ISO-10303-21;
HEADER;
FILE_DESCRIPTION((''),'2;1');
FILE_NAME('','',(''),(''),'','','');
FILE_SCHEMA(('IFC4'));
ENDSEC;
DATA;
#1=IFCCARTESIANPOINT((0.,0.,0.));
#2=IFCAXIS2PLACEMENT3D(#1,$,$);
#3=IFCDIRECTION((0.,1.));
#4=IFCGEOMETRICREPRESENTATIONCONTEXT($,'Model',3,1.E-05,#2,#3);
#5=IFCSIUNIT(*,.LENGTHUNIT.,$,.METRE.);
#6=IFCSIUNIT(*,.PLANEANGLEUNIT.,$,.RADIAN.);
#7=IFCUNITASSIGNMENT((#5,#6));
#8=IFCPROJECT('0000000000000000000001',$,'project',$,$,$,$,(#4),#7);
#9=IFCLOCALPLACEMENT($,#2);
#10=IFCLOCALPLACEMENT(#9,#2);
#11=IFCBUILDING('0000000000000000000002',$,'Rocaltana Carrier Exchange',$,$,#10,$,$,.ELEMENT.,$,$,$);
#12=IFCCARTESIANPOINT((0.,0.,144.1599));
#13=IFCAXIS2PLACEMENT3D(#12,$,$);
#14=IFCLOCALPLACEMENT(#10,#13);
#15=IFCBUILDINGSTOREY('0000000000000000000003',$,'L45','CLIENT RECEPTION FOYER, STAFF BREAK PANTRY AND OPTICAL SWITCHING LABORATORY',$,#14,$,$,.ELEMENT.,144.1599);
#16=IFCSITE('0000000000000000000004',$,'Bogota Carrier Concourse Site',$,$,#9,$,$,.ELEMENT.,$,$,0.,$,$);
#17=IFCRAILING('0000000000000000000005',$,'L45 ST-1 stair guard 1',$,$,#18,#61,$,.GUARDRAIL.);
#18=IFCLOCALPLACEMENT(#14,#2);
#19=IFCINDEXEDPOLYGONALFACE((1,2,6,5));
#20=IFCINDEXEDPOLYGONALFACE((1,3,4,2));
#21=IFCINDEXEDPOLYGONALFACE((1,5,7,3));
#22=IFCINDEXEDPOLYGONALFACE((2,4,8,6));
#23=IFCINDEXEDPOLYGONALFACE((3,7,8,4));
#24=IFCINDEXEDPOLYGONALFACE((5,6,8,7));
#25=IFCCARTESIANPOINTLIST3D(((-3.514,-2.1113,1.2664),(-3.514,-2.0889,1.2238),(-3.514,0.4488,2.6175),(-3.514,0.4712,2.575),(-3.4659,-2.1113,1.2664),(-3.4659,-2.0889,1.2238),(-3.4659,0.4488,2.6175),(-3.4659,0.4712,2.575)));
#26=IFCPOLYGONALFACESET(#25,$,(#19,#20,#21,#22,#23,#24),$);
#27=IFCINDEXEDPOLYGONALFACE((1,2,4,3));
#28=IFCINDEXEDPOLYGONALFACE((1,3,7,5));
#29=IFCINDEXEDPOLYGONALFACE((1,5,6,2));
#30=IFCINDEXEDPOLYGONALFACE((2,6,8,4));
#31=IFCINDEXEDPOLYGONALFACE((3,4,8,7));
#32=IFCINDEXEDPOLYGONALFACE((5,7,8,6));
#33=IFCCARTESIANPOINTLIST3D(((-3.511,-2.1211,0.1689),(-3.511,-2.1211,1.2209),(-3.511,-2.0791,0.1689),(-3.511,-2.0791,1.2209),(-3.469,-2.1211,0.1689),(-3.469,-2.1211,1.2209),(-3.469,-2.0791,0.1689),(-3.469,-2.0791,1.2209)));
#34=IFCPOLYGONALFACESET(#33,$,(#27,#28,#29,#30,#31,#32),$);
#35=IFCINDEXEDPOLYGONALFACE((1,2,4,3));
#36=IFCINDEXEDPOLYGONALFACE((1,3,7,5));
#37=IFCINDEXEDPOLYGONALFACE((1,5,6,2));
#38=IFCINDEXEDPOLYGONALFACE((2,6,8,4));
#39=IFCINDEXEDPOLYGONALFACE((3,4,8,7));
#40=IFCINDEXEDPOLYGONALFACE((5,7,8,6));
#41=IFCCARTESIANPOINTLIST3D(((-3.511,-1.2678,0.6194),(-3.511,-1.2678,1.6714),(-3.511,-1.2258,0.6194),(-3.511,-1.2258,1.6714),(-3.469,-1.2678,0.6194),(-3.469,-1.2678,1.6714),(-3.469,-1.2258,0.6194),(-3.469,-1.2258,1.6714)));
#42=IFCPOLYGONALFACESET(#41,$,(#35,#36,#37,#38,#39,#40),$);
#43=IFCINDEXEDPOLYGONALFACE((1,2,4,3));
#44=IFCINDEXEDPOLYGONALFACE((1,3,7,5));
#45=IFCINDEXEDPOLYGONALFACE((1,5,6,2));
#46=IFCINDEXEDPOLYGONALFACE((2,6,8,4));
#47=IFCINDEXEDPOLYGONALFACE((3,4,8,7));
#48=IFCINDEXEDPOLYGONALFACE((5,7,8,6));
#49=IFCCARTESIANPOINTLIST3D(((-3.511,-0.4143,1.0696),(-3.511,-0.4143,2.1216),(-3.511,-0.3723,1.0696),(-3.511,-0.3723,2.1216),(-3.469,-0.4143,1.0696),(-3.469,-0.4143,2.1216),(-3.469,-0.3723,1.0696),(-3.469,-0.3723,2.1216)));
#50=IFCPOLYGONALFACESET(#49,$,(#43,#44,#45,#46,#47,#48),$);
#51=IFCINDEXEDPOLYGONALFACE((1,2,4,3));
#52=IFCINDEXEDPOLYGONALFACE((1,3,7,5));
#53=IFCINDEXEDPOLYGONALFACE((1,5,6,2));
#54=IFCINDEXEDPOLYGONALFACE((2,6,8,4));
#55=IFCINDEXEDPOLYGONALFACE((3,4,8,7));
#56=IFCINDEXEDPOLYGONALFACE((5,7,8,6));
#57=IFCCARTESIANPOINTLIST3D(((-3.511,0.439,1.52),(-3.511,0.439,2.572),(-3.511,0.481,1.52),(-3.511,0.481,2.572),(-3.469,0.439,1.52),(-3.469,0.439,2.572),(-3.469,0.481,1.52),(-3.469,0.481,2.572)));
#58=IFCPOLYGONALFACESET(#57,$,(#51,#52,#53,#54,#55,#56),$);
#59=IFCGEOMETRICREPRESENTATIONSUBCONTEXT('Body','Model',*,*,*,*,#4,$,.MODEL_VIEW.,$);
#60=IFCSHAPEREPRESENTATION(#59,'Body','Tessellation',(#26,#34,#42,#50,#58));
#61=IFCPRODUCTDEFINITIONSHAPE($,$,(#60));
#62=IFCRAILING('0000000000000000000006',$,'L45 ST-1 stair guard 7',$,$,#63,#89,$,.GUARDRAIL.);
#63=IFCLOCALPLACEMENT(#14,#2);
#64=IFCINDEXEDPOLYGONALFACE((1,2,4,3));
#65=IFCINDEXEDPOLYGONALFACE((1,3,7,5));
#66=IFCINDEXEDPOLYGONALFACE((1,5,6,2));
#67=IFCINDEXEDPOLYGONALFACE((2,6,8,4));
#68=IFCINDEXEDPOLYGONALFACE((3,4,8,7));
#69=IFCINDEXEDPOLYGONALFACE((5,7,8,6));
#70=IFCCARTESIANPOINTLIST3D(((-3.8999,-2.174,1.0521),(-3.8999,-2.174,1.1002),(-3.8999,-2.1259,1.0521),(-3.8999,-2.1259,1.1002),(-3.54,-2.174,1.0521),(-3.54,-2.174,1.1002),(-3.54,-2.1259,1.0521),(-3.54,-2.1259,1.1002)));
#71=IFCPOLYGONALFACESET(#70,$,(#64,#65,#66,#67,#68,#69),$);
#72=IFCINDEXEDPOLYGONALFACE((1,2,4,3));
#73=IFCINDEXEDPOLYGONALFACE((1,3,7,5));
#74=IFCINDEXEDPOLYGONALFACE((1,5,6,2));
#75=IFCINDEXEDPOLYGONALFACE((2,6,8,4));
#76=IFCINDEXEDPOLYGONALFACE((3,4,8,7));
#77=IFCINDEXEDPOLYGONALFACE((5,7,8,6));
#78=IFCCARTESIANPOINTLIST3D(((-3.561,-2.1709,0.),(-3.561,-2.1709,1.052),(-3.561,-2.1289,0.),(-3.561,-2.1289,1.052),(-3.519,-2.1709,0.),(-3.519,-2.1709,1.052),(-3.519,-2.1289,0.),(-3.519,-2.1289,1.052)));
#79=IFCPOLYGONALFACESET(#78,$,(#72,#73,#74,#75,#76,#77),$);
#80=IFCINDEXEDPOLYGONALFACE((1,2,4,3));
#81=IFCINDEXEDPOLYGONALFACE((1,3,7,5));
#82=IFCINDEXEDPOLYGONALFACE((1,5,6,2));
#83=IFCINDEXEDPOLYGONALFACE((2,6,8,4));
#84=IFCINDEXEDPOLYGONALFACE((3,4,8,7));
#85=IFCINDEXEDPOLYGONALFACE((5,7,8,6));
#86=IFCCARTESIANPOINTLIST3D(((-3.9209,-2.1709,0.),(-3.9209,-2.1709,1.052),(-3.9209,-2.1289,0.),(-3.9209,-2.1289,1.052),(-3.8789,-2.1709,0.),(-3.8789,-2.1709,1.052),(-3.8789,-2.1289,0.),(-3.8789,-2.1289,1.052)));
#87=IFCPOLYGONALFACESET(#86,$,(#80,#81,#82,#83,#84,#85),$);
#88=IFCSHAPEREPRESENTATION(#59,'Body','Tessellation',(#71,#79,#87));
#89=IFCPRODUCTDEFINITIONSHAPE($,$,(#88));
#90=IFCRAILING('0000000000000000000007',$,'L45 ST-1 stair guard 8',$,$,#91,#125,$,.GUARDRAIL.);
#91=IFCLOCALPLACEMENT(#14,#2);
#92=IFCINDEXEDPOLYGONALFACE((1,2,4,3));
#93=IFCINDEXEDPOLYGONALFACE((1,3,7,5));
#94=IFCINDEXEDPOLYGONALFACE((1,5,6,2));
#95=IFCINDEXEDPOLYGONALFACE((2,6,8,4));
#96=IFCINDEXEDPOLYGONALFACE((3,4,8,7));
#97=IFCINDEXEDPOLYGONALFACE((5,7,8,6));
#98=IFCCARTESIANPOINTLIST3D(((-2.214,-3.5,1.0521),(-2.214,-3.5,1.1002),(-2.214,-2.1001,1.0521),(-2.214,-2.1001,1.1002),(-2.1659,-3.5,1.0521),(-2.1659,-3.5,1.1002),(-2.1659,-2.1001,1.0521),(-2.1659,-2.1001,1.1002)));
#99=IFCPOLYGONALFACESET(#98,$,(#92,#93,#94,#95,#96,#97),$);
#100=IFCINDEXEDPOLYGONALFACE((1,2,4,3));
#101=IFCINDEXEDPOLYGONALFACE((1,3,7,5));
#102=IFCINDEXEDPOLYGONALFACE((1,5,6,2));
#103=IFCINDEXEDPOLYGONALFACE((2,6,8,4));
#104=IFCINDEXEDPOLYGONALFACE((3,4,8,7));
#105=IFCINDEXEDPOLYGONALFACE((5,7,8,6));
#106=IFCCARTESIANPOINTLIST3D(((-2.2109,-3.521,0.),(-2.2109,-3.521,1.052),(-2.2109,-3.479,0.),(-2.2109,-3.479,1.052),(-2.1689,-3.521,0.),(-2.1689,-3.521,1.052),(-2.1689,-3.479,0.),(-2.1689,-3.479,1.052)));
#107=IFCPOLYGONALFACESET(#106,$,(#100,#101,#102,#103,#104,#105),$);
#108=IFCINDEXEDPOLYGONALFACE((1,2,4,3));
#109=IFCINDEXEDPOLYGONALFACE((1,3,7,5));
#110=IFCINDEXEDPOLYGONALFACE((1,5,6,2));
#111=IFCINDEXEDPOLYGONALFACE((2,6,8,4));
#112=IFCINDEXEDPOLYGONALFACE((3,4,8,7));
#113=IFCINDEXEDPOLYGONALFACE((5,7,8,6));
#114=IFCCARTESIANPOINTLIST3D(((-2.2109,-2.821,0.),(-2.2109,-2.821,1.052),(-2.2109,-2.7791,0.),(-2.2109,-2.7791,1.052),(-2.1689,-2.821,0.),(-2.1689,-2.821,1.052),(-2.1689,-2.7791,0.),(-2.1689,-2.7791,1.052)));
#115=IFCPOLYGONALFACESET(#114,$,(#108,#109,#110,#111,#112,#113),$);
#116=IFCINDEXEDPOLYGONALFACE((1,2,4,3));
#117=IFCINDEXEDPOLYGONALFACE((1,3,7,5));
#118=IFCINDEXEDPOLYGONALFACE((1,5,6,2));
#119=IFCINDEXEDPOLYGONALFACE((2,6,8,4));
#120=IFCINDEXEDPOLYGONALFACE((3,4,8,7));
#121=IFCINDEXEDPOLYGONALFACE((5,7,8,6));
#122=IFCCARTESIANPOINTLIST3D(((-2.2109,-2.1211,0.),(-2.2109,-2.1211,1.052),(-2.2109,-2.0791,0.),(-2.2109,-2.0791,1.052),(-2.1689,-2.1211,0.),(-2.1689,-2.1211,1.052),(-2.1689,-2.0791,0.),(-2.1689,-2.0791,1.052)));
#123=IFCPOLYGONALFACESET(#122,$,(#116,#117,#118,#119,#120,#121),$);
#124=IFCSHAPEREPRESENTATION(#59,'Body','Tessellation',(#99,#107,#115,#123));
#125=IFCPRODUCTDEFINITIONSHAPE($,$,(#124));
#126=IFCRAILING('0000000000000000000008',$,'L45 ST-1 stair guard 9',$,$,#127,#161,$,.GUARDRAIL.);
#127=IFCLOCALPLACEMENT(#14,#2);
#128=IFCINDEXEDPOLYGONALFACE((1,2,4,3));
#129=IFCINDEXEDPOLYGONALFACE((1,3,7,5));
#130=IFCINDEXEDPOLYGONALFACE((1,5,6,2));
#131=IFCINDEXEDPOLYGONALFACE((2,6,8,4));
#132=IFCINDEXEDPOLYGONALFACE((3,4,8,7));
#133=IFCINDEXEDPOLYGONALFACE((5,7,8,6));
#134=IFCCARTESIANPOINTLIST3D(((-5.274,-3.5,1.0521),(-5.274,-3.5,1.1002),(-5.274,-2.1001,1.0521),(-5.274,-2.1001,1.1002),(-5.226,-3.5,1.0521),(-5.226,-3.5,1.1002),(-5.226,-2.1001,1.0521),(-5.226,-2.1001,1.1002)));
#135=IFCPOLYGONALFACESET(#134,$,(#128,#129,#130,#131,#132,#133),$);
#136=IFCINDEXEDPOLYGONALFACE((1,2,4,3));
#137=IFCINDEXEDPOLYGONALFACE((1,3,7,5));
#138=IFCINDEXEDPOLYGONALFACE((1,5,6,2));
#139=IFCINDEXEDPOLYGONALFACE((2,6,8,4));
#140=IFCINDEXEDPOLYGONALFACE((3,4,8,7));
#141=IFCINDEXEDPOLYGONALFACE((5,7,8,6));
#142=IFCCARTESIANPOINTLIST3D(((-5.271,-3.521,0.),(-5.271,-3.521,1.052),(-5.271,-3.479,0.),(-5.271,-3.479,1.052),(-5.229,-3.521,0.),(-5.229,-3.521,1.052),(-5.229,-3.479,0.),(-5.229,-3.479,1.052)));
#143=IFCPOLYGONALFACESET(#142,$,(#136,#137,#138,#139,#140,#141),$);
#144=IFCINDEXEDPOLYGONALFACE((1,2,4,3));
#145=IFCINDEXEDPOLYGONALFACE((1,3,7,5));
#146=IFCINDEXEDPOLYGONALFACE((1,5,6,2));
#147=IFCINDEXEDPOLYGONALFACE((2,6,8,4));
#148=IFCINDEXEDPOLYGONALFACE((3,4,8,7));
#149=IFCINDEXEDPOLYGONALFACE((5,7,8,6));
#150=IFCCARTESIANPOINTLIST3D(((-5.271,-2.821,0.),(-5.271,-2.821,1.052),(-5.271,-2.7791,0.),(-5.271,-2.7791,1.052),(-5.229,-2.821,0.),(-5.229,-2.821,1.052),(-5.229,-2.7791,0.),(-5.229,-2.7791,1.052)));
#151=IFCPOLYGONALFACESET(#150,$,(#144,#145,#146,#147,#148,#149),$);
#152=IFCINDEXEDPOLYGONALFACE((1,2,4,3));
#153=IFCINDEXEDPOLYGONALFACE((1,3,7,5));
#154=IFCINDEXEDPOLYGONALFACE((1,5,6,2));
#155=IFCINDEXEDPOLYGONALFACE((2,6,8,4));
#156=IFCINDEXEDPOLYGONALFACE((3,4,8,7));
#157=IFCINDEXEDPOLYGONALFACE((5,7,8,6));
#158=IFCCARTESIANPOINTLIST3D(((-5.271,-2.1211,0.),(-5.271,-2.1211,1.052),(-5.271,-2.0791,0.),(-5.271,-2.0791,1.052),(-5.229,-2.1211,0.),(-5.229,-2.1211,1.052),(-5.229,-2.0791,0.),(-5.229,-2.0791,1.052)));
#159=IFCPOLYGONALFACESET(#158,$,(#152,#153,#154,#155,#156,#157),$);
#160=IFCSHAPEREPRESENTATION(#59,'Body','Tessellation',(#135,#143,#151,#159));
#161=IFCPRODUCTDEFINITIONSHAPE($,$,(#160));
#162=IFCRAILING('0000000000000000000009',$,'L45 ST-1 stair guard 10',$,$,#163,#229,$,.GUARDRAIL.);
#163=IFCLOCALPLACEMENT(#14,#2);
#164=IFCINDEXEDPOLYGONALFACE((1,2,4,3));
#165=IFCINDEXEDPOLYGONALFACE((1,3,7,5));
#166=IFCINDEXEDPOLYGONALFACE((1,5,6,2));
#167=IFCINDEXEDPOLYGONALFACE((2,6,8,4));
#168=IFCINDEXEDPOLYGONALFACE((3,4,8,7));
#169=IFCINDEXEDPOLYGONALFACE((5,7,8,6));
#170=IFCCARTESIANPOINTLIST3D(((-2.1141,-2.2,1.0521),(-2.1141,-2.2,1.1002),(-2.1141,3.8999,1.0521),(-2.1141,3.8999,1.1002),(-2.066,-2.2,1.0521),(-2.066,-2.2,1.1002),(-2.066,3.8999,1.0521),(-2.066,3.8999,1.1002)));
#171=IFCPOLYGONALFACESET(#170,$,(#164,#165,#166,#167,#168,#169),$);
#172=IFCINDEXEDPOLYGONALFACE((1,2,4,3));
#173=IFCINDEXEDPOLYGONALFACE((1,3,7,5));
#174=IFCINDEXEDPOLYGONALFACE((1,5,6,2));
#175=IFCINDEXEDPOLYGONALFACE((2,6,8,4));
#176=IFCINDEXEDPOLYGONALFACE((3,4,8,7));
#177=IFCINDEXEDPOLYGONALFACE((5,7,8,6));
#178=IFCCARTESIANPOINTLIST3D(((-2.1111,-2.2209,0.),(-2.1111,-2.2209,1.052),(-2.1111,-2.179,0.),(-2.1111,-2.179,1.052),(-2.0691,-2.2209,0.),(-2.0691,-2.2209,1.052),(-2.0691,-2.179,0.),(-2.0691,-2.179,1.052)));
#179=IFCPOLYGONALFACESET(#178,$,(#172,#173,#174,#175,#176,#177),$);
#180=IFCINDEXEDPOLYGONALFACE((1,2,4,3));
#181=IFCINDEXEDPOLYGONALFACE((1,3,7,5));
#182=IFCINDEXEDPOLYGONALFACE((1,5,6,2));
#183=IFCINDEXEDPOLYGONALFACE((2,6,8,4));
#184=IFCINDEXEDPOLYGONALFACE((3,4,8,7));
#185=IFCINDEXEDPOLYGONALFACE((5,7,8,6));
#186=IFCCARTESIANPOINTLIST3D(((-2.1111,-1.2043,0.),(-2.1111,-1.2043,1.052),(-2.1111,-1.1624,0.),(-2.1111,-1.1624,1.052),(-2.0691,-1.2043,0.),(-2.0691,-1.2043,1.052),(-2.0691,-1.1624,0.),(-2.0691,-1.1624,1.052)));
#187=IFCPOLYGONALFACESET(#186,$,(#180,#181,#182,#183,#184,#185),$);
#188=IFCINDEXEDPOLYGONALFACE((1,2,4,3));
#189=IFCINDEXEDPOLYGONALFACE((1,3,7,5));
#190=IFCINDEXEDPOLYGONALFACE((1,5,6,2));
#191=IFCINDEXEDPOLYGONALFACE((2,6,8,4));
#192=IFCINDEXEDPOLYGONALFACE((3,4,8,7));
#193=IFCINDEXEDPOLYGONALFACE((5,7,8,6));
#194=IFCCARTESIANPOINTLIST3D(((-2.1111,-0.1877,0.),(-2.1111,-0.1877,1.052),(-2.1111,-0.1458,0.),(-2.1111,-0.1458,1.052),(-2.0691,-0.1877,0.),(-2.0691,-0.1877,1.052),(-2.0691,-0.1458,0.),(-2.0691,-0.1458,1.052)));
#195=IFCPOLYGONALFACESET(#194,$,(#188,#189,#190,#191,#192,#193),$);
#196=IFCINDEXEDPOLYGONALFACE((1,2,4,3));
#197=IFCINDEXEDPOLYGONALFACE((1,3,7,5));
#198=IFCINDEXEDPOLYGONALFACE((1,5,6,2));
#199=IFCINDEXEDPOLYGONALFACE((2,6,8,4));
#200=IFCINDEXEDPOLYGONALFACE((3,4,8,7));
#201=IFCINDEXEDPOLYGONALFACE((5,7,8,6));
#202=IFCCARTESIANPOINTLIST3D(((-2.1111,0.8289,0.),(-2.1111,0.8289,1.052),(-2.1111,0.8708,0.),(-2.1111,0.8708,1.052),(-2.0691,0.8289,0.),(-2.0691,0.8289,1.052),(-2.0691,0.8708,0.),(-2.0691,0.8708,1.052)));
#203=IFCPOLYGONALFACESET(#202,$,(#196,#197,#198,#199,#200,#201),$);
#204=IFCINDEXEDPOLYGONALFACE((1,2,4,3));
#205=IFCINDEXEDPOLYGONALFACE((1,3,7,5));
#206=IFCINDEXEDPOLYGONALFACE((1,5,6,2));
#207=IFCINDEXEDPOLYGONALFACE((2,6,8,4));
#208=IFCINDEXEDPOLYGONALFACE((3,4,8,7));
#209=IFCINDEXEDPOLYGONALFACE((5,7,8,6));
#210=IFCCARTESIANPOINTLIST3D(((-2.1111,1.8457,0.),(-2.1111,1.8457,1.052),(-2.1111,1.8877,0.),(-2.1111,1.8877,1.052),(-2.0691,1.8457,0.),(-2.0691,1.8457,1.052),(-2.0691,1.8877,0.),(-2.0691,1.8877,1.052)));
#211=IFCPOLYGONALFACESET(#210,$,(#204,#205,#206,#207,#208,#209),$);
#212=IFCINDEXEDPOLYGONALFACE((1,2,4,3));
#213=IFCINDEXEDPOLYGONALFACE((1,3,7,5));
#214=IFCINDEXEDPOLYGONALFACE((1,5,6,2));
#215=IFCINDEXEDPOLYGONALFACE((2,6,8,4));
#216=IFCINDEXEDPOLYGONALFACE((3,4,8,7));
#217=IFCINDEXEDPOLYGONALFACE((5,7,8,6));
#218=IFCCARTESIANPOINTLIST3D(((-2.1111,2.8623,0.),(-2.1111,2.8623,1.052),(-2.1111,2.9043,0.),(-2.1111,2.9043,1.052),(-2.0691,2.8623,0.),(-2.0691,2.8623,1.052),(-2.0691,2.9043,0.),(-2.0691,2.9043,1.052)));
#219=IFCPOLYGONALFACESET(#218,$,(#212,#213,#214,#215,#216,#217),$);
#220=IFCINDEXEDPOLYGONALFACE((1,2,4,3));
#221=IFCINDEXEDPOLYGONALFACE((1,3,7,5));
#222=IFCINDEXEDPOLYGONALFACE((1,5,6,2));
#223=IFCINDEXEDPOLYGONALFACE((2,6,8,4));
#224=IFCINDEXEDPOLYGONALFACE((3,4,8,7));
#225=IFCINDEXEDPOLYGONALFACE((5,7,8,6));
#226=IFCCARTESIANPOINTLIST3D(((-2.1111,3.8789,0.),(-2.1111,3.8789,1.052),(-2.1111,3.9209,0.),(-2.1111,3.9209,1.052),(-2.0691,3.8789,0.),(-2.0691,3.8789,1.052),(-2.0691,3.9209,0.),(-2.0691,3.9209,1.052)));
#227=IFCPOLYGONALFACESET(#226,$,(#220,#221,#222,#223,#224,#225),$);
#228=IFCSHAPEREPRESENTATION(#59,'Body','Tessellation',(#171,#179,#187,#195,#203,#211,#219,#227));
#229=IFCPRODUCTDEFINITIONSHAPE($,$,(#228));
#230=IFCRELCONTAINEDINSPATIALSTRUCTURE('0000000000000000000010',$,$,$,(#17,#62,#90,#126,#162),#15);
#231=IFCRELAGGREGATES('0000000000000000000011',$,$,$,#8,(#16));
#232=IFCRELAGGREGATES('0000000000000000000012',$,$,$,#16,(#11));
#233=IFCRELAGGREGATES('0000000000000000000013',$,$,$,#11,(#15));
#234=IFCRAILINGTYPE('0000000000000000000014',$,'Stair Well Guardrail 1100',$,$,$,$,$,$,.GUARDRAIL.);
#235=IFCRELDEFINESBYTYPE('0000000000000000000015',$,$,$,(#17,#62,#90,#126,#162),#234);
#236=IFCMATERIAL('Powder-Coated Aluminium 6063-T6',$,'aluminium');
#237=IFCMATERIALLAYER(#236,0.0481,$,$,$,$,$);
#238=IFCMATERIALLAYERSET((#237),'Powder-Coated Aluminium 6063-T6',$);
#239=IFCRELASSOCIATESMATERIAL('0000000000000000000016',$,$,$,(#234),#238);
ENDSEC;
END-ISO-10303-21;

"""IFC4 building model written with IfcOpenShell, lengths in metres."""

from ifc_helpers import new_model, si_unit, direction, frame, origin, origin_2d, place, context, subcontext, project, spatial, rectangle, extrude, material, layer, layer_set, type_object, element, save


model = new_model("IFC4")

# Units and contexts
model_context = context("Model", 3, precision=1e-05, world=origin(), true_north=direction((0.0, 1.0)))
body_context = subcontext(model_context, "Body", "Model", "MODEL_VIEW")
ifc_project = project(units=[si_unit("LENGTHUNIT", "METRE"), si_unit("PLANEANGLEUNIT", "RADIAN")], contexts=[model_context])

# Site, building, storey
site_placement = place(None, origin())
site = spatial("IfcSite", under=ifc_project, at=site_placement, Name="Bogota Carrier Concourse Site", CompositionType="ELEMENT", RefElevation=0.0)
building_placement = place(site_placement, origin())
building = spatial("IfcBuilding", under=site, at=building_placement, Name="Rocaltana Carrier Exchange", CompositionType="ELEMENT")
storey_placement = place(building_placement, frame((0.0, 0.0, 144.1599)))
storey = spatial("IfcBuildingStorey", under=building, at=storey_placement, Name="L45", Description="CLIENT RECEPTION FOYER, STAFF BREAK PANTRY AND OPTICAL SWITCHING LABORATORY", CompositionType="ELEMENT", Elevation=144.1599)

# Railings
ifc_material_1 = material(Name="Powder-Coated Aluminium 6063-T6", Category="aluminium")
ifc_layer_1 = layer(ifc_material_1, 0.0481)
ifc_layer_set_1 = layer_set([ifc_layer_1], Name="Powder-Coated Aluminium 6063-T6")
railing_type_1 = type_object("IfcRailingType", Name="Stair Well Guardrail 1100", PredefinedType="GUARDRAIL", material=ifc_layer_set_1)
railing_1_placement = place(storey_placement, frame((-3.49, -2.1001, 0.1689)))
element("IfcRailing", 1, at=railing_1_placement, inside=storey, type_object=railing_type_1, Name="L45 ST-1 stair guard 1", PredefinedType="GUARDRAIL", context=body_context, shape_type="SweptSolid", body=[
    extrude(rectangle(XDim=0.0481, YDim=0.0481, at=origin_2d()), frame((0.0, 0.0, 1.0762), z_axis=(0.0, 0.884394, 0.46674), x_axis=(-1.0, 0.0, 0.0)), (0.0, 0.0, 1.0), 2.8948),
    extrude(rectangle(XDim=0.042, YDim=0.042, at=origin_2d()), origin(), (0.0, 0.0, 1.0), 1.052),
    extrude(rectangle(XDim=0.042, YDim=0.042, at=origin_2d()), frame((0.0, 0.8533, 0.4504)), (0.0, 0.0, 1.0), 1.052),
    extrude(rectangle(XDim=0.042, YDim=0.042, at=origin_2d()), frame((0.0, 1.7068, 0.9006)), (0.0, 0.0, 1.0), 1.052),
    extrude(rectangle(XDim=0.042, YDim=0.042, at=origin_2d()), frame((0.0, 2.5601, 1.3511)), (0.0, 0.0, 1.0), 1.052),
])
railing_2_placement = place(storey_placement, frame((-3.54, -2.1499, 0.0)))
element("IfcRailing", 2, at=railing_2_placement, inside=storey, type_object=railing_type_1, Name="L45 ST-1 stair guard 7", PredefinedType="GUARDRAIL", context=body_context, shape_type="SweptSolid", body=[
    extrude(rectangle(XDim=0.0481, YDim=0.0481, at=origin_2d()), frame((0.0, 0.0, 1.0762), z_axis=(-1.0, 0.0, 0.0), x_axis=(0.0, -1.0, 0.0)), (0.0, 0.0, 1.0), 0.3599),
    extrude(rectangle(XDim=0.042, YDim=0.042, at=origin_2d()), origin(), (0.0, 0.0, 1.0), 1.052),
    extrude(rectangle(XDim=0.042, YDim=0.042, at=origin_2d()), frame((-0.3599, 0.0, 0.0)), (0.0, 0.0, 1.0), 1.052),
])
for number, where, name in (
    (3, (-2.1899, -3.5, 0.0), "L45 ST-1 stair guard 8"),
    (4, (-5.25, -3.5, 0.0), "L45 ST-1 stair guard 9"),
):
    element("IfcRailing", number, at=place(storey_placement, frame(where)), inside=storey, type_object=railing_type_1, Name=name, PredefinedType="GUARDRAIL", context=body_context, shape_type="SweptSolid", body=[
        extrude(rectangle(XDim=0.0481, YDim=0.0481, at=origin_2d()), frame((0.0, 0.0, 1.0762), z_axis=(0.0, 1.0, 0.0), x_axis=(-1.0, 0.0, 0.0)), (0.0, 0.0, 1.0), 1.3999),
        extrude(rectangle(XDim=0.042, YDim=0.042, at=origin_2d()), origin(), (0.0, 0.0, 1.0), 1.052),
        extrude(rectangle(XDim=0.042, YDim=0.042, at=origin_2d()), frame((0.0, 0.7, 0.0)), (0.0, 0.0, 1.0), 1.052),
        extrude(rectangle(XDim=0.042, YDim=0.042, at=origin_2d()), frame((0.0, 1.3999, 0.0)), (0.0, 0.0, 1.0), 1.052),
    ])
for number, where, name in (
    (5, (-2.0901, -2.2, 0.0), "L45 ST-1 stair guard 10"),
):
    element("IfcRailing", number, at=place(storey_placement, frame(where)), inside=storey, type_object=railing_type_1, Name=name, PredefinedType="GUARDRAIL", context=body_context, shape_type="SweptSolid", body=[
        extrude(rectangle(XDim=0.0481, YDim=0.0481, at=origin_2d()), frame((0.0, 0.0, 1.0762), z_axis=(0.0, 1.0, 0.0), x_axis=(-1.0, 0.0, 0.0)), (0.0, 0.0, 1.0), 6.0999),
        extrude(rectangle(XDim=0.042, YDim=0.042, at=origin_2d()), origin(), (0.0, 0.0, 1.0), 1.052),
        extrude(rectangle(XDim=0.042, YDim=0.042, at=origin_2d()), frame((0.0, 1.0166, 0.0)), (0.0, 0.0, 1.0), 1.052),
        extrude(rectangle(XDim=0.042, YDim=0.042, at=origin_2d()), frame((0.0, 2.0332, 0.0)), (0.0, 0.0, 1.0), 1.052),
        extrude(rectangle(XDim=0.042, YDim=0.042, at=origin_2d()), frame((0.0, 3.0498, 0.0)), (0.0, 0.0, 1.0), 1.052),
        extrude(rectangle(XDim=0.042, YDim=0.042, at=origin_2d()), frame((0.0, 4.0667, 0.0)), (0.0, 0.0, 1.0), 1.052),
        extrude(rectangle(XDim=0.042, YDim=0.042, at=origin_2d()), frame((0.0, 5.0833, 0.0)), (0.0, 0.0, 1.0), 1.052),
        extrude(rectangle(XDim=0.042, YDim=0.042, at=origin_2d()), frame((0.0, 6.0999, 0.0)), (0.0, 0.0, 1.0), 1.052),
    ])

save(model, "model.ifc")
